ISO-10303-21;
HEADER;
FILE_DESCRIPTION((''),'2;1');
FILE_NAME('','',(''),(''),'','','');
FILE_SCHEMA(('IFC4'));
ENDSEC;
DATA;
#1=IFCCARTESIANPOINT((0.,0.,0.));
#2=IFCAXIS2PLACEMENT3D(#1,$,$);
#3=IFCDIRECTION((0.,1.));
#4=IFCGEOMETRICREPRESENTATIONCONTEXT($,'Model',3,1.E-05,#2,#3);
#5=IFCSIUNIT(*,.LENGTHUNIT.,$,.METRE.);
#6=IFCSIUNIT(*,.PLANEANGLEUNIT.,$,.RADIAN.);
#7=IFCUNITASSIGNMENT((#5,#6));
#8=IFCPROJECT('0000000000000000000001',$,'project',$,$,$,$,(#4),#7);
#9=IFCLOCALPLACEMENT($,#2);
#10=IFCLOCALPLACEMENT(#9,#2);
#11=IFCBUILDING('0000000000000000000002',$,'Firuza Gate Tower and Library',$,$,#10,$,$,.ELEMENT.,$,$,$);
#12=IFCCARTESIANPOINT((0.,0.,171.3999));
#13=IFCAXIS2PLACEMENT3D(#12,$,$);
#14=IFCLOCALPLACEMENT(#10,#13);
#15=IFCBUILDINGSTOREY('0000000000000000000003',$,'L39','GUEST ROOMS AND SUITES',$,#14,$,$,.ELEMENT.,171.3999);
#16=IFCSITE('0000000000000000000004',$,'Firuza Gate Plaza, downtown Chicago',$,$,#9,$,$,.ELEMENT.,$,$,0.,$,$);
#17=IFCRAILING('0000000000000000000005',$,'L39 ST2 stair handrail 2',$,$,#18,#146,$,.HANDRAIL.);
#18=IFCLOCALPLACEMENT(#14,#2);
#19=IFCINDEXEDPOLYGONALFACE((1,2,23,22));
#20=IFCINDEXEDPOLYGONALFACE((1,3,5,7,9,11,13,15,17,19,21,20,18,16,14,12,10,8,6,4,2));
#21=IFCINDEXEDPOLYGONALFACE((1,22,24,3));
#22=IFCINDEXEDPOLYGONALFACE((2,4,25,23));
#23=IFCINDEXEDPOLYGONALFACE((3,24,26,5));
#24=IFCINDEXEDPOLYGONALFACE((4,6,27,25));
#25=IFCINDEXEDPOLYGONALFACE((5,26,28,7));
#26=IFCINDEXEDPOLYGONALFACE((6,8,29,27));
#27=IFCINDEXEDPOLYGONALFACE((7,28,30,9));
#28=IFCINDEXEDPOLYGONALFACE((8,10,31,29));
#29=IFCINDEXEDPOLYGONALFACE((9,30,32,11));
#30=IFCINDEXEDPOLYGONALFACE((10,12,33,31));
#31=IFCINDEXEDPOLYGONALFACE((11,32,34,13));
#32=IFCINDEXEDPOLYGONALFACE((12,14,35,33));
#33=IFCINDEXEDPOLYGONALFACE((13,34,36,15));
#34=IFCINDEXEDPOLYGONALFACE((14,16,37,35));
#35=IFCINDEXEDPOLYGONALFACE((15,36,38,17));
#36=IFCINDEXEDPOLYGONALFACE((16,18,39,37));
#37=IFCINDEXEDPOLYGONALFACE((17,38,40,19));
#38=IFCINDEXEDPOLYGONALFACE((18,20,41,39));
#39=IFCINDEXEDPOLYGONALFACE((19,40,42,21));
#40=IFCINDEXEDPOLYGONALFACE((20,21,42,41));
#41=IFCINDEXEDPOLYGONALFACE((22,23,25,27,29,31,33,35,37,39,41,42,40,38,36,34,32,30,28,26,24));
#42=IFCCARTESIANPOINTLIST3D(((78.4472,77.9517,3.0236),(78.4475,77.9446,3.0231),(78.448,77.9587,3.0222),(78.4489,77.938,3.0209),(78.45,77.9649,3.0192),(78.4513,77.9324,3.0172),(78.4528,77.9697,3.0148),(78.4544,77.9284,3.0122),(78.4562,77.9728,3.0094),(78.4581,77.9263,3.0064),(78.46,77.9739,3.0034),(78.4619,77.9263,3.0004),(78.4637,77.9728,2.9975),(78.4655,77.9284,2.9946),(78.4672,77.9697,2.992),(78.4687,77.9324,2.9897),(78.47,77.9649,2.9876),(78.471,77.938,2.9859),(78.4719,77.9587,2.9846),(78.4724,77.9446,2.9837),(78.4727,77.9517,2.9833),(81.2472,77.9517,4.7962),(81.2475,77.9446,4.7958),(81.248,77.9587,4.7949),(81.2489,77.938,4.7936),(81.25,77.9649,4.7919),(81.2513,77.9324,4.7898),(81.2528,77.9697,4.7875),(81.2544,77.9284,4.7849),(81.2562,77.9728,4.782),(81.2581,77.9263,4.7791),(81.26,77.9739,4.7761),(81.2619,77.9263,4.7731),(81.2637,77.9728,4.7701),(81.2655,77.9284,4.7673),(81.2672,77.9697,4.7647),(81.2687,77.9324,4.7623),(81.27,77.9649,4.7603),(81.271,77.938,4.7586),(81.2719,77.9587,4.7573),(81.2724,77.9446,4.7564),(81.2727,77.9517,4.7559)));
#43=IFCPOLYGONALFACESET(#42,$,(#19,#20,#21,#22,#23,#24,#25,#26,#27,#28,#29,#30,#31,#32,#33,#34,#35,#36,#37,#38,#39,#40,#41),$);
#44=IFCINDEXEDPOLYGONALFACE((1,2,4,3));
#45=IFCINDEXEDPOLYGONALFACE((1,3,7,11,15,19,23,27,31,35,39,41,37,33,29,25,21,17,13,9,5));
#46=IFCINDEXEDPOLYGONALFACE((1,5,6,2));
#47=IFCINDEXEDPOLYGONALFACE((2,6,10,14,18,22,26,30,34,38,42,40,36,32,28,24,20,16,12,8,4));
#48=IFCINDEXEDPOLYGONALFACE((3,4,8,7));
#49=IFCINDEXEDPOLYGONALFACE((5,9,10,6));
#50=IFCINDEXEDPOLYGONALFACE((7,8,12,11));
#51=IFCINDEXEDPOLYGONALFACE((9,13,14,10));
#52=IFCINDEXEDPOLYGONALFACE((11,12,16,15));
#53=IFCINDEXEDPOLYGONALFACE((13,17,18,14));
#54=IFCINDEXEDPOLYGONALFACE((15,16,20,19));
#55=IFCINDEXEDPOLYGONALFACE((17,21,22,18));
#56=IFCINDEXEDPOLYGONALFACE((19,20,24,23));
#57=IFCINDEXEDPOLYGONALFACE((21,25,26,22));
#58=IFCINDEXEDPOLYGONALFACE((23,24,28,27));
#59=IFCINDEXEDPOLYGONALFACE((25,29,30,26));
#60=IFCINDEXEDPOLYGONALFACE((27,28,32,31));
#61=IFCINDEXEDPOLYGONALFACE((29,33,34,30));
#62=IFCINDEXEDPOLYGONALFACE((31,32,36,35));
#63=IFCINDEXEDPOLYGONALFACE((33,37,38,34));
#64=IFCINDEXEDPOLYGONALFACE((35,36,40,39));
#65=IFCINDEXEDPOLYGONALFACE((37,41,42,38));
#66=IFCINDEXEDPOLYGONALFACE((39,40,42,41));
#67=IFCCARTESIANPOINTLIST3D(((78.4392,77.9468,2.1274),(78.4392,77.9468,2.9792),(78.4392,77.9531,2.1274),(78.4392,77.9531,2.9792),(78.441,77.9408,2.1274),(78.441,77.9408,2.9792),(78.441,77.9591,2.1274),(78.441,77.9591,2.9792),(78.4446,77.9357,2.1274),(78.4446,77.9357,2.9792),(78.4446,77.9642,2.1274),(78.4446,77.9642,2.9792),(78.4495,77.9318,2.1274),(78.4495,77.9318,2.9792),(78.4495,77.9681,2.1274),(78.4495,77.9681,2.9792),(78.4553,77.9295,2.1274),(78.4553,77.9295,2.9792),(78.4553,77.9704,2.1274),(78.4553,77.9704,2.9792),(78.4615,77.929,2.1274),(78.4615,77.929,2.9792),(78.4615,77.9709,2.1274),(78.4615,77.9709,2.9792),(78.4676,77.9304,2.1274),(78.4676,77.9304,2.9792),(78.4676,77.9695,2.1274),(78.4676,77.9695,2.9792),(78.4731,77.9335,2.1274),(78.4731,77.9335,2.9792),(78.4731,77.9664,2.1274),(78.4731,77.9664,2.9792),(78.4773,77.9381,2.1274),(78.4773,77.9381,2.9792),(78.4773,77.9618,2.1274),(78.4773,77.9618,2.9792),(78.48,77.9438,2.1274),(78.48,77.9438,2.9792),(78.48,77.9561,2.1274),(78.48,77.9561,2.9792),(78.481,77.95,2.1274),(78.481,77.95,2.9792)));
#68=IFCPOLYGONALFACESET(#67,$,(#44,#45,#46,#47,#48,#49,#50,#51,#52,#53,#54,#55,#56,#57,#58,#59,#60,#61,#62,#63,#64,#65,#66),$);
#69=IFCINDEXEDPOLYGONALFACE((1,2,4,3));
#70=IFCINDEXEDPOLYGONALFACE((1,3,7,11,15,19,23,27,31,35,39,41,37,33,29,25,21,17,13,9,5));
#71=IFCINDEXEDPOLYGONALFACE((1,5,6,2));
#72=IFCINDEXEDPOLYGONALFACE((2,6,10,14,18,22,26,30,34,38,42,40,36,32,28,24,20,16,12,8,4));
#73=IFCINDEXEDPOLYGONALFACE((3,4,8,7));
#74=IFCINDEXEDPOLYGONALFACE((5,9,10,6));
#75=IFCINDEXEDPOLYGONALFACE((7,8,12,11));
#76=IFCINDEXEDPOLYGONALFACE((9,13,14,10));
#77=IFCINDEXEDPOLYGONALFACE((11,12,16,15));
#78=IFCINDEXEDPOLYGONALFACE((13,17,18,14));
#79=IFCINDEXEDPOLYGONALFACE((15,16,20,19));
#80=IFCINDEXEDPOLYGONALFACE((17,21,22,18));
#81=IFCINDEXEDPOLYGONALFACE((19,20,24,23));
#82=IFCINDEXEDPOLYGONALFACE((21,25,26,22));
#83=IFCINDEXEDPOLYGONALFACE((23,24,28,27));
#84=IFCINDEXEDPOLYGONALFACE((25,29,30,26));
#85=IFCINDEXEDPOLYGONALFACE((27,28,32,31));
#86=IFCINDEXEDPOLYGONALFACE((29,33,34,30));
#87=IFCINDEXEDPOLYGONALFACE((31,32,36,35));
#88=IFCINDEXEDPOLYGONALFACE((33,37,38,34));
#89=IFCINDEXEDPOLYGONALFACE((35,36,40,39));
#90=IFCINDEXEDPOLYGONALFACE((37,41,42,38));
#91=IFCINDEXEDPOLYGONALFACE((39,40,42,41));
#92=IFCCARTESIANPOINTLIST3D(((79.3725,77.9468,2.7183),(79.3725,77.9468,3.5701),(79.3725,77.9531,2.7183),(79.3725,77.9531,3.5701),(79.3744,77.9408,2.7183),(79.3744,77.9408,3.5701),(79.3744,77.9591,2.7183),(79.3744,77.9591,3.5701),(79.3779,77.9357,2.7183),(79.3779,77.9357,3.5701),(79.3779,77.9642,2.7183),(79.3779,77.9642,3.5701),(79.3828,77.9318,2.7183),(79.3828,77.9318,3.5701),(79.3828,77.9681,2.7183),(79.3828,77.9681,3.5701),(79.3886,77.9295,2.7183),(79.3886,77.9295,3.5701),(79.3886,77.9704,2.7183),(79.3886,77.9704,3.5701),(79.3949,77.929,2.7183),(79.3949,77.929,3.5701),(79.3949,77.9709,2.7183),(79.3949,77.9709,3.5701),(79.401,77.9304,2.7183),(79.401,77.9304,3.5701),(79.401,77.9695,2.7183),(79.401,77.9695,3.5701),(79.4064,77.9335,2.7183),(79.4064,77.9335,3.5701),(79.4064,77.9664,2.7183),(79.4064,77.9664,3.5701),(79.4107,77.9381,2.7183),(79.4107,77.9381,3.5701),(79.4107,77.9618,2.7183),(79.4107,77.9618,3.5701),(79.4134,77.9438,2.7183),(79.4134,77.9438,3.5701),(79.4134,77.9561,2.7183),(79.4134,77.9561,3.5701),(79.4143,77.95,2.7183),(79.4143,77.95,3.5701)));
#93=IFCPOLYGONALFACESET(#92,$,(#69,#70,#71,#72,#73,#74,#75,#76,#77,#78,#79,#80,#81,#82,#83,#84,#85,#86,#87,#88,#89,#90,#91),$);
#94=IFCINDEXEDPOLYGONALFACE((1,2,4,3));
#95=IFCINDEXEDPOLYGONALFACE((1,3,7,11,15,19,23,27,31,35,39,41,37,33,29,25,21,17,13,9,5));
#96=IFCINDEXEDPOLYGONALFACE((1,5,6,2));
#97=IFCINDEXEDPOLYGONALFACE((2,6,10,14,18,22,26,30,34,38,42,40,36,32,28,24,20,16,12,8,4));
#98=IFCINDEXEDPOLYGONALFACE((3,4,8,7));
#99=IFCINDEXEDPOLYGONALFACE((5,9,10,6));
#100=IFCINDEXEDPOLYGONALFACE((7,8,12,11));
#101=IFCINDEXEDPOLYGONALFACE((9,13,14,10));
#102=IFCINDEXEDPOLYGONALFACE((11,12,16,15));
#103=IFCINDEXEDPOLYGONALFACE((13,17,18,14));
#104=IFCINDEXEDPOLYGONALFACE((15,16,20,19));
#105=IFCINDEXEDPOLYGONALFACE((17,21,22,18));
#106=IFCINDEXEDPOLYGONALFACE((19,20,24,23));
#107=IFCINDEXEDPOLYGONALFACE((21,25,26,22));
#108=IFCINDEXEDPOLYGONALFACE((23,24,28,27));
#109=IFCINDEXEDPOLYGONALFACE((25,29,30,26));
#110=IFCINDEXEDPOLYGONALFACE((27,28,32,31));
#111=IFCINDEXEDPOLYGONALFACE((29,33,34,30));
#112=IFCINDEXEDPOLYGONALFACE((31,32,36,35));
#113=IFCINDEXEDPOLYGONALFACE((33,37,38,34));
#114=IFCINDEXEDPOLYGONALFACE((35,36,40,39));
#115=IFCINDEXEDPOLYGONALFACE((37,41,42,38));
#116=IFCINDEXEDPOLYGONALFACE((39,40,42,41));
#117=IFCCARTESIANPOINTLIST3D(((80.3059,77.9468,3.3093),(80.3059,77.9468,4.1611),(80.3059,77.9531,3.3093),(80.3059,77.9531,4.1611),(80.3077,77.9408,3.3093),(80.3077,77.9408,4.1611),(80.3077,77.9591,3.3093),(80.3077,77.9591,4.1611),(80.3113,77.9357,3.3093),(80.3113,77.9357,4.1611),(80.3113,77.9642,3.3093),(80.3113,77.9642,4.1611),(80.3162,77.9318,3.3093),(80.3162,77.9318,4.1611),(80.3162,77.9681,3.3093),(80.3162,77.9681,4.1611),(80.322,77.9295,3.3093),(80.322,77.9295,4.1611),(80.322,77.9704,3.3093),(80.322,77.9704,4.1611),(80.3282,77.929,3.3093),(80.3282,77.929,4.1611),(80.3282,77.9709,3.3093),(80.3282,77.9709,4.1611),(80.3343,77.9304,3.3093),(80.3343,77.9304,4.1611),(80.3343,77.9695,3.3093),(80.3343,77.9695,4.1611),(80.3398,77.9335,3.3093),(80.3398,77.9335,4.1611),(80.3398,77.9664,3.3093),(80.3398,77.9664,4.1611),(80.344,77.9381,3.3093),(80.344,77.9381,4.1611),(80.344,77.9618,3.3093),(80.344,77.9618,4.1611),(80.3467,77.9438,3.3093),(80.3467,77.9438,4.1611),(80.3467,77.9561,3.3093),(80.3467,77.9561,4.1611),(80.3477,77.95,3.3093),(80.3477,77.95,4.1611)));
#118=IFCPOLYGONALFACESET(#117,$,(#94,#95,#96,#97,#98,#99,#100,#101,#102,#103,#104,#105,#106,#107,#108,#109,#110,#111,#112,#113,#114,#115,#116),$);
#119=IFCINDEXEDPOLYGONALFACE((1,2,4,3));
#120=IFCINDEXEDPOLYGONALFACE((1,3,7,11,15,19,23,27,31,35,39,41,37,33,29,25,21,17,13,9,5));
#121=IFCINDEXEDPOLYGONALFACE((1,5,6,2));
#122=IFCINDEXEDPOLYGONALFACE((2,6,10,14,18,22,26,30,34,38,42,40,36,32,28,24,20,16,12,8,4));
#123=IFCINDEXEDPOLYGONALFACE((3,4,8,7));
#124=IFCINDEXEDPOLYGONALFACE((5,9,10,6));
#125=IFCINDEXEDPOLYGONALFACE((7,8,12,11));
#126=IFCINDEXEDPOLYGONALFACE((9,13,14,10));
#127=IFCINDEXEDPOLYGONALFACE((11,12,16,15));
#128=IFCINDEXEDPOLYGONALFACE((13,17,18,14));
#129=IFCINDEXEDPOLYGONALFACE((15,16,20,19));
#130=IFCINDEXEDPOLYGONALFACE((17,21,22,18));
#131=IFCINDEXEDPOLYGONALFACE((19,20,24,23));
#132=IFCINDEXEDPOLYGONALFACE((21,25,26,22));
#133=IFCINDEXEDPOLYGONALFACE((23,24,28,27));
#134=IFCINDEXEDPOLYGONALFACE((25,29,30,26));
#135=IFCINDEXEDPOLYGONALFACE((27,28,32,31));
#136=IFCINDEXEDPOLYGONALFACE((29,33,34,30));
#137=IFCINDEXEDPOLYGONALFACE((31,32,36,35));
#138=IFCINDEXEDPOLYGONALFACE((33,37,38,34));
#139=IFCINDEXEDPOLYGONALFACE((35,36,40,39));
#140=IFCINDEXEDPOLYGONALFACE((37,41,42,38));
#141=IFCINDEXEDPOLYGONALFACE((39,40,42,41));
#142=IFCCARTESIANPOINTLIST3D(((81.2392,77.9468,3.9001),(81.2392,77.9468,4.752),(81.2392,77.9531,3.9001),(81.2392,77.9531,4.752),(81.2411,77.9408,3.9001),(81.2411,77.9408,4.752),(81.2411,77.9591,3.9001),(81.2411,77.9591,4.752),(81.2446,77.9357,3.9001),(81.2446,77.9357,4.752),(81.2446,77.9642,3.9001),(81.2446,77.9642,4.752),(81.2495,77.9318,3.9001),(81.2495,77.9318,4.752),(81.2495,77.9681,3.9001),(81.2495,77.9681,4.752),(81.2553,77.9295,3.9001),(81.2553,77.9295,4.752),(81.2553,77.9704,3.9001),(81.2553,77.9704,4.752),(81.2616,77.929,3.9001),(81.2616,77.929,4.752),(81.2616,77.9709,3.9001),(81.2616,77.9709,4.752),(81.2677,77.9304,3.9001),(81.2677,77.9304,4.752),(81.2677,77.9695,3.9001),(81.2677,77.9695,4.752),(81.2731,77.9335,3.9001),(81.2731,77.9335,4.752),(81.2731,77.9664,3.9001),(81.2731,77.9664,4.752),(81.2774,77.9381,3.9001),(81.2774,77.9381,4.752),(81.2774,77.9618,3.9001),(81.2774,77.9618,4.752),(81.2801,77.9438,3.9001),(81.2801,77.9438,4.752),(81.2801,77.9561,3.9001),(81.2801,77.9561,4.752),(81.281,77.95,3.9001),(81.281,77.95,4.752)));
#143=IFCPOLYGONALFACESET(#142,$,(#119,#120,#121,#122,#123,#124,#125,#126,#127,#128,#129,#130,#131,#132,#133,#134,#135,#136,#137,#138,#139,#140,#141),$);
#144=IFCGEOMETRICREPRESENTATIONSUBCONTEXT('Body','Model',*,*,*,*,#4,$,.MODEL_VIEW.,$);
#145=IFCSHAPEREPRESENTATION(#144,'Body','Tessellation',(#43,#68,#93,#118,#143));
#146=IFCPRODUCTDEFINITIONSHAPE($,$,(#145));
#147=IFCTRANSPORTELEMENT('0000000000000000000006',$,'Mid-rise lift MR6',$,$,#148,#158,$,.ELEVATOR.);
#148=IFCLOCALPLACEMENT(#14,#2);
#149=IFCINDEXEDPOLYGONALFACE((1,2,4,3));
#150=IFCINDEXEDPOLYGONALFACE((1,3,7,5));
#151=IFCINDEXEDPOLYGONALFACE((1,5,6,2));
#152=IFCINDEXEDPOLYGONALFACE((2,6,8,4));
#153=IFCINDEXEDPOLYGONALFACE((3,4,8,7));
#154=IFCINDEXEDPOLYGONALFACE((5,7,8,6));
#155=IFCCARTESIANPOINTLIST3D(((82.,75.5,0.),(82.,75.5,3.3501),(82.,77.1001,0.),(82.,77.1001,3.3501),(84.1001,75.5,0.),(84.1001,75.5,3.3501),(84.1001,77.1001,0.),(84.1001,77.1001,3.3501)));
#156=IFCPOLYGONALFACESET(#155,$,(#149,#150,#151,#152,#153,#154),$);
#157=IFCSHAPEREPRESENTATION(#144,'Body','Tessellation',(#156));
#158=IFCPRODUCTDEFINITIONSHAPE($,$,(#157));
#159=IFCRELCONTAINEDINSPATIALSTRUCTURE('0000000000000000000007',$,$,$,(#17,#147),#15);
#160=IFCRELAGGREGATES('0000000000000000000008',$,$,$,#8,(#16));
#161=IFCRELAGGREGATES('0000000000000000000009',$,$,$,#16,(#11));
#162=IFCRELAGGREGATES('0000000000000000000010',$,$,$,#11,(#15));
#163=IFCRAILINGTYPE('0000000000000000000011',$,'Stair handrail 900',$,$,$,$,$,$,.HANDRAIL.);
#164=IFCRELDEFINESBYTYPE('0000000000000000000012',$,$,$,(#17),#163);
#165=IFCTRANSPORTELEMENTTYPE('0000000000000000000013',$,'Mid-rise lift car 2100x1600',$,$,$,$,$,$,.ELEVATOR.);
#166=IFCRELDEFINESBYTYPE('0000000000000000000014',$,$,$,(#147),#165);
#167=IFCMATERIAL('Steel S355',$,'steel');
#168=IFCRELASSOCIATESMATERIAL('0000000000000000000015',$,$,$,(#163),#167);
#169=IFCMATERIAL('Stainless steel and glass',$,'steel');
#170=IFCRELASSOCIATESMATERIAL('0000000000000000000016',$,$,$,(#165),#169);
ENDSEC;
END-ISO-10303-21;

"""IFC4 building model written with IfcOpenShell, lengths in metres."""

from ifc_helpers import new_model, si_unit, direction, frame, origin, origin_2d, place, context, subcontext, project, spatial, rectangle, circle, extrude, material, type_object, element, save


model = new_model("IFC4")

# Units and contexts
model_context = context("Model", 3, precision=1e-05, world=origin(), true_north=direction((0.0, 1.0)))
body_context = subcontext(model_context, "Body", "Model", "MODEL_VIEW")
ifc_project = project(units=[si_unit("LENGTHUNIT", "METRE"), si_unit("PLANEANGLEUNIT", "RADIAN")], contexts=[model_context])

# Site, building, storey
site_placement = place(None, origin())
site = spatial("IfcSite", under=ifc_project, at=site_placement, Name="Firuza Gate Plaza, downtown Chicago", CompositionType="ELEMENT", RefElevation=0.0)
building_placement = place(site_placement, origin())
building = spatial("IfcBuilding", under=site, at=building_placement, Name="Firuza Gate Tower and Library", CompositionType="ELEMENT")
storey_placement = place(building_placement, frame((0.0, 0.0, 171.3999)))
storey = spatial("IfcBuildingStorey", under=building, at=storey_placement, Name="L39", Description="GUEST ROOMS AND SUITES", CompositionType="ELEMENT", Elevation=171.3999)

# Railing
ifc_material_1 = material(Name="Steel S355", Category="steel")
railing_type_1 = type_object("IfcRailingType", Name="Stair handrail 900", PredefinedType="HANDRAIL", material=ifc_material_1)
railing_1_placement = place(storey_placement, frame((78.46, 77.95, 2.1274)))
element("IfcRailing", 1, at=railing_1_placement, inside=storey, type_object=railing_type_1, Name="L39 ST2 stair handrail 2", PredefinedType="HANDRAIL", context=body_context, shape_type="SweptSolid", body=[
    extrude(circle(Radius=0.0239, at=origin_2d()), frame((0.0, 0.0, 0.876), z_axis=(0.844909, 0.0, 0.53491), x_axis=(0.0, 1.0, 0.0)), (0.0, 0.0, 1.0), 3.314),
    extrude(circle(Radius=0.021, at=origin_2d()), origin(), (0.0, 0.0, 1.0), 0.8518),
    extrude(circle(Radius=0.021, at=origin_2d()), frame((0.9333, 0.0, 0.5908)), (0.0, 0.0, 1.0), 0.8518),
    extrude(circle(Radius=0.021, at=origin_2d()), frame((1.8667, 0.0, 1.1819)), (0.0, 0.0, 1.0), 0.8518),
    extrude(circle(Radius=0.021, at=origin_2d()), frame((2.8, 0.0, 1.7727)), (0.0, 0.0, 1.0), 0.8518),
])

# Transport element
ifc_material_2 = material(Name="Stainless steel and glass", Category="steel")
transport_element_type = type_object("IfcTransportElementType", Name="Mid-rise lift car 2100x1600", PredefinedType="ELEVATOR", material=ifc_material_2)
transport_element_placement = place(storey_placement, frame((83.05, 76.3, 0.0), z_axis=(0.0, 0.0, 1.0), x_axis=(1.0, 0.0, 0.0)))
element("IfcTransportElement", 2, at=transport_element_placement, inside=storey, type_object=transport_element_type, Name="Mid-rise lift MR6", PredefinedType="ELEVATOR", context=body_context, shape_type="SweptSolid", body=[
    extrude(rectangle(XDim=2.1001, YDim=1.6001, at=origin_2d()), origin(), (0.0, 0.0, 1.0), 3.3501),
])

save(model, "model.ifc")
